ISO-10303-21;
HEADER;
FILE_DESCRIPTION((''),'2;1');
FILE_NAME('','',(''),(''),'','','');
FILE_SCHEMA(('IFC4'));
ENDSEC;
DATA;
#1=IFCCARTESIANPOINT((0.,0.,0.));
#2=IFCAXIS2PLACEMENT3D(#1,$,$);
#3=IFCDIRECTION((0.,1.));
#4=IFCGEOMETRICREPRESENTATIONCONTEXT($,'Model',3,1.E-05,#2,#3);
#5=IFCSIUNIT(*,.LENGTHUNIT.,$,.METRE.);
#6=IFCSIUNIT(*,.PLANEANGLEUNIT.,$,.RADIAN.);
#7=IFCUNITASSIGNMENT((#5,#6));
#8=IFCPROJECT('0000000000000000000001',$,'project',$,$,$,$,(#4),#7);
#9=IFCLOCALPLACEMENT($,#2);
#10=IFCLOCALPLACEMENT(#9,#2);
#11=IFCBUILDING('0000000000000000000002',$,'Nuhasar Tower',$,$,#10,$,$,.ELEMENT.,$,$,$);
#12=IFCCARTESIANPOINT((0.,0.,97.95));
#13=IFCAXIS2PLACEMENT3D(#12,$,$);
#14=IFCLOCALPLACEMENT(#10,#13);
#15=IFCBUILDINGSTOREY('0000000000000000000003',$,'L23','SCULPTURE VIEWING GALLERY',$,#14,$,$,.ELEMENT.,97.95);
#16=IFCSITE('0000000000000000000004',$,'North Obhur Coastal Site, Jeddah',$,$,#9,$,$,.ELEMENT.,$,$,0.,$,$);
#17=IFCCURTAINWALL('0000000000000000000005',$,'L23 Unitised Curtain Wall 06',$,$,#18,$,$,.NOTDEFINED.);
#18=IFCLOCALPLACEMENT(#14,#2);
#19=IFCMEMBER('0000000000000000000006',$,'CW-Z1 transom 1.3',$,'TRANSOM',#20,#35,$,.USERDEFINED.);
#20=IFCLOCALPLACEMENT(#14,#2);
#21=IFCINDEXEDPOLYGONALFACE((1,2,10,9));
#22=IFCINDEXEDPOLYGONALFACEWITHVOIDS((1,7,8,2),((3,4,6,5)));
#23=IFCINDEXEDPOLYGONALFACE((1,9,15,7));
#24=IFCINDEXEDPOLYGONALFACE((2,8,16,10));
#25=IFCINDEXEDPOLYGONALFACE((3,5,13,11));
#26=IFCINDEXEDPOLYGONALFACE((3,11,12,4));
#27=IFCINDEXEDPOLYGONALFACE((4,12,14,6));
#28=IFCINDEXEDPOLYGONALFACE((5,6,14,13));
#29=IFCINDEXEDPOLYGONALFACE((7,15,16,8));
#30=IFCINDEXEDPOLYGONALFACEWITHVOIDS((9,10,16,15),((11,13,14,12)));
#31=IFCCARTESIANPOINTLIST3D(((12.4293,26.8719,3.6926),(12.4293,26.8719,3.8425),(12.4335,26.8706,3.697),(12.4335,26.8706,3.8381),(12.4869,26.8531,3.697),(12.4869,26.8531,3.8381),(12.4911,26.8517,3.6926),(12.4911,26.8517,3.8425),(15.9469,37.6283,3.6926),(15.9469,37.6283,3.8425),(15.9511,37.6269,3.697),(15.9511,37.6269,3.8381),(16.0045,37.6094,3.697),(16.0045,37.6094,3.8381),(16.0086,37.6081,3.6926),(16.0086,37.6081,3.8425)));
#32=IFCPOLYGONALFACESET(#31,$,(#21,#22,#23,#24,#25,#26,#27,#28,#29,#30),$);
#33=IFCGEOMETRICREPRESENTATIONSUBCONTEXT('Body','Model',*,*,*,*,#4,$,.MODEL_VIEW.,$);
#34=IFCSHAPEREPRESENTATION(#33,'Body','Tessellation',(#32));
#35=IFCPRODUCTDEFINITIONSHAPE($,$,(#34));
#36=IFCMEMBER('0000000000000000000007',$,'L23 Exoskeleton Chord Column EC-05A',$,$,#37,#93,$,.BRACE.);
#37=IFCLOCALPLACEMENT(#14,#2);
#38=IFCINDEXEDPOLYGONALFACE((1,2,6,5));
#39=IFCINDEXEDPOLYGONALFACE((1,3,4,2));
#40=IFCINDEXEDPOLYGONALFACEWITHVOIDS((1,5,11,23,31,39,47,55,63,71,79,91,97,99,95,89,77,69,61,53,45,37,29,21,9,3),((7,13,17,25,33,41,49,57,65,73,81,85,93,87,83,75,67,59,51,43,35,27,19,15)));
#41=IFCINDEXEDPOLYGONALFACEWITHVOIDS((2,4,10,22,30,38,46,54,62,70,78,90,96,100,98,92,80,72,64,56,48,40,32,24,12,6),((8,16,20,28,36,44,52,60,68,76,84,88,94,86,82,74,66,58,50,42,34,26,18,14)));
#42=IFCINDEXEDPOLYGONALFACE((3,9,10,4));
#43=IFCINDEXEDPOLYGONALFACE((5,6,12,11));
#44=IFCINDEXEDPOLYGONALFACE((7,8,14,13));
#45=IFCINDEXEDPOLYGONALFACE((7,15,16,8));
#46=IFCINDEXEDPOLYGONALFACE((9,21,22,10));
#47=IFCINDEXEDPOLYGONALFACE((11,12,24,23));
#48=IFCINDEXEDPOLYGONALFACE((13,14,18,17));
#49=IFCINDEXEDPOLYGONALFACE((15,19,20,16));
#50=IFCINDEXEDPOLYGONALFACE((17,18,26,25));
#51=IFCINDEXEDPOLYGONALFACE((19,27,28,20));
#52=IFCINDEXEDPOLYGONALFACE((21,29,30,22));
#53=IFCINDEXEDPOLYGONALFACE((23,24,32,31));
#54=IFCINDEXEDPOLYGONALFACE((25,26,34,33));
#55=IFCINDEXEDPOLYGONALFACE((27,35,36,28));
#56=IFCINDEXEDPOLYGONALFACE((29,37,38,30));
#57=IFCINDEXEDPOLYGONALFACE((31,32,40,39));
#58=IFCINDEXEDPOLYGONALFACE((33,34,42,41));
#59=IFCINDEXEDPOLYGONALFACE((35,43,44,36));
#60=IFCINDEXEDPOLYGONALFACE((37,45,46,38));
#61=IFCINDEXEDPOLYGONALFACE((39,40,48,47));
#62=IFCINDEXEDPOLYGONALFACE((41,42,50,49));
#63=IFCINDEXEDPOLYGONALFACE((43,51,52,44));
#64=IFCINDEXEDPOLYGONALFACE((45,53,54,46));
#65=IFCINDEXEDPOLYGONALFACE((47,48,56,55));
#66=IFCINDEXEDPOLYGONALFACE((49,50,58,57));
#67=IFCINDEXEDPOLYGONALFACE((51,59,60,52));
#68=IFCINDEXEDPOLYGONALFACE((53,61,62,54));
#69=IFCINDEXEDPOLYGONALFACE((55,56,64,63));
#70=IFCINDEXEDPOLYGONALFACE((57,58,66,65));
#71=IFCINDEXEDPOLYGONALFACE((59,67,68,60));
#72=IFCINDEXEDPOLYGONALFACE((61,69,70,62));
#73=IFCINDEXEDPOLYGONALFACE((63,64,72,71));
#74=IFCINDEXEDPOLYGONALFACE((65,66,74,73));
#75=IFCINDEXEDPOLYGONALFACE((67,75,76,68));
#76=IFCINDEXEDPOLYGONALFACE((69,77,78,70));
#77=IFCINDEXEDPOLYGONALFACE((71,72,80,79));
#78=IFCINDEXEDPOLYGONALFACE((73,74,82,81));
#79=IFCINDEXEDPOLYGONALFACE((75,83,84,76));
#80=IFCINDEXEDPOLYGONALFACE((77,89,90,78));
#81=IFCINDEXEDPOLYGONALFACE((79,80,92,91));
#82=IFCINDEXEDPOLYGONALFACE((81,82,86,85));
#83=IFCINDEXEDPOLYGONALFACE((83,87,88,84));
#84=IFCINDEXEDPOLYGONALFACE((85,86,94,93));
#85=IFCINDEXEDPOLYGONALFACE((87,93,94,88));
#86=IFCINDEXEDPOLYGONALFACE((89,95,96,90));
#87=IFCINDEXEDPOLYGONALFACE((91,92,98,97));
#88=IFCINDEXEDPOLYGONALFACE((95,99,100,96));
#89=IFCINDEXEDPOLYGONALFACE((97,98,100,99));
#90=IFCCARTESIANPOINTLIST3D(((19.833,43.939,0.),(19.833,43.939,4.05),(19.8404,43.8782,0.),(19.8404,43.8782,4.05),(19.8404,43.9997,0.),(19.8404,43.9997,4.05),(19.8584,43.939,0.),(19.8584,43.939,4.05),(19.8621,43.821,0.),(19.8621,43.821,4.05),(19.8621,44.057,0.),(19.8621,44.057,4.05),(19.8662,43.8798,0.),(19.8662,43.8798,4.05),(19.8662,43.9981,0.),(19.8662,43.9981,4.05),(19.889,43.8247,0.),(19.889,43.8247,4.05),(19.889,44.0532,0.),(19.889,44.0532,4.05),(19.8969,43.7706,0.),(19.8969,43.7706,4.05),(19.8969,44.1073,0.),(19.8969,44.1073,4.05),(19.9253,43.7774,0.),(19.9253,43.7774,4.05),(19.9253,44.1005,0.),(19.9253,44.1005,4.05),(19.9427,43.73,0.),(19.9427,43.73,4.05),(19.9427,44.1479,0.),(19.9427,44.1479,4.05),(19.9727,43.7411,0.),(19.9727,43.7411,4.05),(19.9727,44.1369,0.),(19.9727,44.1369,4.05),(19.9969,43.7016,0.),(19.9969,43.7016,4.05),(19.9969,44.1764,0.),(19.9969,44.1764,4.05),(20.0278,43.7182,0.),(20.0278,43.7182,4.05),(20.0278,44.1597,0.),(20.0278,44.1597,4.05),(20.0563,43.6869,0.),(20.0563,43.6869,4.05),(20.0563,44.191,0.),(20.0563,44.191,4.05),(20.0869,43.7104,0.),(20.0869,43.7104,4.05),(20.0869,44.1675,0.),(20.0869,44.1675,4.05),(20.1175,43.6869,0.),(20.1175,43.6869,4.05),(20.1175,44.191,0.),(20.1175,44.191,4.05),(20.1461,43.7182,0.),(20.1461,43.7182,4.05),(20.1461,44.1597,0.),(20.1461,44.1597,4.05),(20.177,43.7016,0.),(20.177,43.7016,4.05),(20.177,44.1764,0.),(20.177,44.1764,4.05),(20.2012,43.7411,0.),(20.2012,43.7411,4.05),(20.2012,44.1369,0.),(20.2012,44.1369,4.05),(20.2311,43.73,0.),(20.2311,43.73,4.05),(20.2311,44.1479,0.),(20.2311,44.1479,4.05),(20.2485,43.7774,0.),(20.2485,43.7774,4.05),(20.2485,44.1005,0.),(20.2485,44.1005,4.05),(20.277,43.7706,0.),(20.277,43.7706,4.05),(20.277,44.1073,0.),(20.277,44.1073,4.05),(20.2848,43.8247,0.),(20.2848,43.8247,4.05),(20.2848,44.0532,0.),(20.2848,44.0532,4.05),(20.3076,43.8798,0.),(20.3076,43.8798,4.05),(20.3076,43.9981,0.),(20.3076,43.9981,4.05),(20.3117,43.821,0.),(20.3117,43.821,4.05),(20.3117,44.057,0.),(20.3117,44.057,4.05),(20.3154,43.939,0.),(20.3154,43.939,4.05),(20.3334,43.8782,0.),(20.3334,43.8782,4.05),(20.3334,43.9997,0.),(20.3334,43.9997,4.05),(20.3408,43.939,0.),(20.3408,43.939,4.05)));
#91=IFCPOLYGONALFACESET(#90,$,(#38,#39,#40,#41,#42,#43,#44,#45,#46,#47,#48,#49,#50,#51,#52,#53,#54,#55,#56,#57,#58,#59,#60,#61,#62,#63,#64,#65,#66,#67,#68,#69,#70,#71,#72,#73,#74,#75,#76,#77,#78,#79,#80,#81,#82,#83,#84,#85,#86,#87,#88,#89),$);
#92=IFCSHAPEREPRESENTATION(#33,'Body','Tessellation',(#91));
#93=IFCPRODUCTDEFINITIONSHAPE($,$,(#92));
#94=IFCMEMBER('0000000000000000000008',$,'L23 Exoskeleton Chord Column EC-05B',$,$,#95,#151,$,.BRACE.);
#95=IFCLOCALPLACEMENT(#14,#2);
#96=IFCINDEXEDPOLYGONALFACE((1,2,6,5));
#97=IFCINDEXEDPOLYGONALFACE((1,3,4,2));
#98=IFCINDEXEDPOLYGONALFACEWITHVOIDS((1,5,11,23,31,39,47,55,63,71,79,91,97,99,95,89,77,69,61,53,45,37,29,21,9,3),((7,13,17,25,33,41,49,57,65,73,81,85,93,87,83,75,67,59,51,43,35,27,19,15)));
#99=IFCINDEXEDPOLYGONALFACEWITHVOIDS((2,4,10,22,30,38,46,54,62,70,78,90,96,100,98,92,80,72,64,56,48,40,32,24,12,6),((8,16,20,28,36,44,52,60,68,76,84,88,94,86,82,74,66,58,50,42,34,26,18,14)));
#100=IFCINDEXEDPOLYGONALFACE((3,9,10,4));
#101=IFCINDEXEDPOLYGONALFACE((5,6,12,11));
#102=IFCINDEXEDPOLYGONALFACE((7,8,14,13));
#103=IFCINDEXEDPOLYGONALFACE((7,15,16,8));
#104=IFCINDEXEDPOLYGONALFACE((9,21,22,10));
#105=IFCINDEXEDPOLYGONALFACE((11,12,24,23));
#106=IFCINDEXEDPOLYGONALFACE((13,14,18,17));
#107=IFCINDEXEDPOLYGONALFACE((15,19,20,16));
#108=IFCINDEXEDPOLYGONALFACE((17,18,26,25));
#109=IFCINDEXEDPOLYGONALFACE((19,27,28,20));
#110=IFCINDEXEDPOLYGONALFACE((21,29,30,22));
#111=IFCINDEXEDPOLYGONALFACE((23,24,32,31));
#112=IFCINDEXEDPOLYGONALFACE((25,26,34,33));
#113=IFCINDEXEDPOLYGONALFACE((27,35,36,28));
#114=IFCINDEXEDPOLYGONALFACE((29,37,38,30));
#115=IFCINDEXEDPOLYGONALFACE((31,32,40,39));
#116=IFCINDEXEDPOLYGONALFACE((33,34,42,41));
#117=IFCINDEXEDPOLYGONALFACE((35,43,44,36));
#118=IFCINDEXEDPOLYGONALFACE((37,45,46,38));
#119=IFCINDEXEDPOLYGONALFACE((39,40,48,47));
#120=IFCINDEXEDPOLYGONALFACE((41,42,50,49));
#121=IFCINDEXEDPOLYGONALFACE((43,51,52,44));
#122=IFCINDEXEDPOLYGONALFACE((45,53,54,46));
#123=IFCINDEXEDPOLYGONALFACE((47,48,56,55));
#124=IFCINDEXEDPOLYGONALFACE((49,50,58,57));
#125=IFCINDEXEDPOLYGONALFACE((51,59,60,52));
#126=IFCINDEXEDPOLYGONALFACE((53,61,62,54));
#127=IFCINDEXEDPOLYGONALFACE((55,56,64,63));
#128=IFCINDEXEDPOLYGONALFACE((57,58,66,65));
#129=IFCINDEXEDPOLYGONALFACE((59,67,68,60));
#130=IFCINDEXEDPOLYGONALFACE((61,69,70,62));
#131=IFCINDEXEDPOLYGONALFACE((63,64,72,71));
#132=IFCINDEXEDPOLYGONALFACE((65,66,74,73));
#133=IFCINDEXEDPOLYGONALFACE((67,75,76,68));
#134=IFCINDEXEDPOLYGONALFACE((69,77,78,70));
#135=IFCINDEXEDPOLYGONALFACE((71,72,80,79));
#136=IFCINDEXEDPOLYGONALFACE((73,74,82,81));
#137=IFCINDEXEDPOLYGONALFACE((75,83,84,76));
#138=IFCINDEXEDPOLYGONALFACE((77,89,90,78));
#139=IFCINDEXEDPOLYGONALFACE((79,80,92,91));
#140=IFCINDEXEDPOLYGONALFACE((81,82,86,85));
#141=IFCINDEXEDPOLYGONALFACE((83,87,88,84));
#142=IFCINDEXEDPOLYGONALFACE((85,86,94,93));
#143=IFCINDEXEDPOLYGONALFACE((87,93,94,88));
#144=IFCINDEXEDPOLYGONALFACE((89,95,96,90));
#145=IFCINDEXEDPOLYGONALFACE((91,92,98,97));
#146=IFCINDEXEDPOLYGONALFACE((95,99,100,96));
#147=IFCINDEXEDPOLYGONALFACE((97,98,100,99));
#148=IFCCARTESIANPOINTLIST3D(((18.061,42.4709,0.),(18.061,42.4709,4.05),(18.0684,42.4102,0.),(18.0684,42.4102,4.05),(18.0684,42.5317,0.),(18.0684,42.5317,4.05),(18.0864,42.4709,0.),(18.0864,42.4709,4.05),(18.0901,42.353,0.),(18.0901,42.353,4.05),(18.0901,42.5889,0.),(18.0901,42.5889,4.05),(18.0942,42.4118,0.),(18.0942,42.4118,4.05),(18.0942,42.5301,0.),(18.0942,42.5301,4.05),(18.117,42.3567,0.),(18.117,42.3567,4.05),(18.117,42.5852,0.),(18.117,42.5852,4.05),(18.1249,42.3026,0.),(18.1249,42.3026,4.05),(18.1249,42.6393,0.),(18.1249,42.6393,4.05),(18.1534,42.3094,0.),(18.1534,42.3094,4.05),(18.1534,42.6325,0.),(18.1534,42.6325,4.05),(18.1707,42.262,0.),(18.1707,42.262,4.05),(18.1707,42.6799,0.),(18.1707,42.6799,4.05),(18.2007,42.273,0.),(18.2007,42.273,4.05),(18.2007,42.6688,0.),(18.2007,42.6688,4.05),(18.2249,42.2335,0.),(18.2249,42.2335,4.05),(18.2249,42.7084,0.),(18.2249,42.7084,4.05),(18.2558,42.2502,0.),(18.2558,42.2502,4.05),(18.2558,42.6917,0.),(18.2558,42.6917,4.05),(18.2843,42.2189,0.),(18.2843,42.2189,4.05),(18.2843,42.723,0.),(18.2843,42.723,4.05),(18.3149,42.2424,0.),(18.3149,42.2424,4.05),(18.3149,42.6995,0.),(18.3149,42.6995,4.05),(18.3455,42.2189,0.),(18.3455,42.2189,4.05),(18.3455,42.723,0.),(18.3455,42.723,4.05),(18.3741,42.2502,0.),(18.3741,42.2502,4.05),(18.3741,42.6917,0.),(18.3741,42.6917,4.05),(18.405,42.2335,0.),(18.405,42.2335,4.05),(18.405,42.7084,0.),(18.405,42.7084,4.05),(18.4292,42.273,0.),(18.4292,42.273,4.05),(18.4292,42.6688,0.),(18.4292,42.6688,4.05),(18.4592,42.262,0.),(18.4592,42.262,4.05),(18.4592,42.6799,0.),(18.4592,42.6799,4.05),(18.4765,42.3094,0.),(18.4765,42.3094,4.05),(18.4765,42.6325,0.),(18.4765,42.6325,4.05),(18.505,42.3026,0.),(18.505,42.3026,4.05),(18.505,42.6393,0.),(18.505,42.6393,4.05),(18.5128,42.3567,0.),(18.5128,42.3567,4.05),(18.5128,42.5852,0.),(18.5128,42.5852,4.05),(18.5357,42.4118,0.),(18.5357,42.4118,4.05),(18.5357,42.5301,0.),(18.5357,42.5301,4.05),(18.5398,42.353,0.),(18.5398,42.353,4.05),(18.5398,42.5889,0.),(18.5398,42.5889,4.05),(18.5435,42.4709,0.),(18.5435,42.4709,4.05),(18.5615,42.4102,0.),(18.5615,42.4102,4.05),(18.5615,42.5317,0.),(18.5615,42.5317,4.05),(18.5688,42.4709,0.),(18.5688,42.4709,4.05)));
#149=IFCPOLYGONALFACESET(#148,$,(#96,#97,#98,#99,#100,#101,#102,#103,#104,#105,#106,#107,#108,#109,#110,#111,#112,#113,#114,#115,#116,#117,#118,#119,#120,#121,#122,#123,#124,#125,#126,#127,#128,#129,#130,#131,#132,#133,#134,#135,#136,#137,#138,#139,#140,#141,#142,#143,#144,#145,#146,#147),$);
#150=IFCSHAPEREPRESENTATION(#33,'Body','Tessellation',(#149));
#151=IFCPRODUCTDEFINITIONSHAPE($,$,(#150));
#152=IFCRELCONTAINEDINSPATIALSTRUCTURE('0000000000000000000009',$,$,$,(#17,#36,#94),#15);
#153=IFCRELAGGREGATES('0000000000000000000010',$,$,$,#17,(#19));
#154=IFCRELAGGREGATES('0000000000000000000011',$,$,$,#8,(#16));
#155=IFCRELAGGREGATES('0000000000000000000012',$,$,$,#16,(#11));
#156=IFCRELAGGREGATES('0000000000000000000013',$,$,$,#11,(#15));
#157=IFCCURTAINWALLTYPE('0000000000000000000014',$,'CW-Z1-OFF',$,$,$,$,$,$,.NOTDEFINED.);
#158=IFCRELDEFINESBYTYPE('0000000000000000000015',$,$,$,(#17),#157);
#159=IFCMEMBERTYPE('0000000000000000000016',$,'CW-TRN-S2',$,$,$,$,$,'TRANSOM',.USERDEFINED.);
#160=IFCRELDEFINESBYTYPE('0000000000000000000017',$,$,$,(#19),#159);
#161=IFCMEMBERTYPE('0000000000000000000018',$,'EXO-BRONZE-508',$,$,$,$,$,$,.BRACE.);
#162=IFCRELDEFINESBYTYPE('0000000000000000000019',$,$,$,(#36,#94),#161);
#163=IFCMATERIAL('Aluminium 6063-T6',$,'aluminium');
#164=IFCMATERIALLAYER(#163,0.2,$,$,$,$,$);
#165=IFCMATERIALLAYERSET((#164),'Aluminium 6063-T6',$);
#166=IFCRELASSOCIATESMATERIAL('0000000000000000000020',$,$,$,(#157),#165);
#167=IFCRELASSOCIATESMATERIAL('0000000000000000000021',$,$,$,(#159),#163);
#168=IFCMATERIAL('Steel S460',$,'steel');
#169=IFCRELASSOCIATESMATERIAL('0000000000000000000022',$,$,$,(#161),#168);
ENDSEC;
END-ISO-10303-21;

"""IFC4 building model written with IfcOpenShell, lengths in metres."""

from ifc_helpers import new_model, si_unit, direction, frame, origin, origin_2d, place, context, subcontext, project, spatial, hollow_rectangle, hollow_circle, extrude, material, layer, layer_set, material_profile, profile_set, type_object, element, aggregate, save


model = new_model("IFC4")

# Units and contexts
model_context = context("Model", 3, precision=1e-05, world=origin(), true_north=direction((0.0, 1.0)))
body_context = subcontext(model_context, "Body", "Model", "MODEL_VIEW")
ifc_project = project(units=[si_unit("LENGTHUNIT", "METRE"), si_unit("PLANEANGLEUNIT", "RADIAN")], contexts=[model_context])

# Site, building, storey
site_placement = place(None, origin())
site = spatial("IfcSite", under=ifc_project, at=site_placement, Name="North Obhur Coastal Site, Jeddah", CompositionType="ELEMENT", RefElevation=0.0)
building_placement = place(site_placement, origin())
building = spatial("IfcBuilding", under=site, at=building_placement, Name="Nuhasar Tower", CompositionType="ELEMENT")
storey_placement = place(building_placement, frame((0.0, 0.0, 97.95)))
storey = spatial("IfcBuildingStorey", under=building, at=storey_placement, Name="L23", Description="SCULPTURE VIEWING GALLERY", CompositionType="ELEMENT", Elevation=97.95)

# Shared definitions
ifc_material_1 = material(Name="Aluminium 6063-T6", Category="aluminium")
ifc_layer_1 = layer(ifc_material_1, 0.2)
ifc_layer_set_1 = layer_set([ifc_layer_1], Name="Aluminium 6063-T6")
curtain_wall_type = type_object("IfcCurtainWallType", Name="CW-Z1-OFF", PredefinedType="NOTDEFINED", material=ifc_layer_set_1)

# Curtain wall
curtain_wall_1_placement = place(storey_placement, origin())
curtain_wall_1 = element("IfcCurtainWall", 1, at=curtain_wall_1_placement, inside=storey, type_object=curtain_wall_type, Name="L23 Unitised Curtain Wall 06", PredefinedType="NOTDEFINED")

# Member
ifc_material_profile_1 = material_profile(ifc_material_1, hollow_rectangle(XDim=0.0649, YDim=0.1499, WallThickness=0.0044, at=origin_2d()), Name="CWT-2")
ifc_profile_set_1 = profile_set([ifc_material_profile_1], Name="Aluminium 6063-T6")
member_type_1 = type_object("IfcMemberType", Name="CW-TRN-S2", ElementType="TRANSOM", PredefinedType="USERDEFINED", material=ifc_profile_set_1)
member_1_placement = place(storey_placement, frame((15.9778, 37.6182, 3.7676), z_axis=(-0.310825, -0.950467, 0.0), x_axis=(0.950467, -0.310825, 0.0)))
member_1 = element("IfcMember", 2, at=member_1_placement, type_object=member_type_1, Name="CW-Z1 transom 1.3", ObjectType="TRANSOM", PredefinedType="USERDEFINED", context=body_context, shape_type="SweptSolid", body=[
    extrude(hollow_rectangle(XDim=0.0649, YDim=0.1499, WallThickness=0.0044, at=origin_2d()), origin(), (0.0, 0.0, 1.0), 11.3169),
])
aggregate(curtain_wall_1, [member_1])

# Members
ifc_material_2 = material(Name="Steel S460", Category="steel")
ifc_material_profile_2 = material_profile(ifc_material_2, hollow_circle(Radius=0.2539, WallThickness=0.0254, at=origin_2d()), Name="HSS508X25.4")
ifc_profile_set_2 = profile_set([ifc_material_profile_2], Name="Steel S460")
member_type_2 = type_object("IfcMemberType", Name="EXO-BRONZE-508", PredefinedType="BRACE", material=ifc_profile_set_2)
for number, where, z_axis, x_axis, name in (
    (3, (20.0869, 43.939, 0.0), (0.0, 0.0, 1.0), (1.0, 0.0, 0.0), "L23 Exoskeleton Chord Column EC-05A"),
    (4, (18.3149, 42.4709, 0.0), (0.0, 0.0, 1.0), (1.0, 0.0, 0.0), "L23 Exoskeleton Chord Column EC-05B"),
):
    element("IfcMember", number, at=place(storey_placement, frame(where, z_axis=z_axis, x_axis=x_axis)), inside=storey, type_object=member_type_2, Name=name, PredefinedType="BRACE", context=body_context, shape_type="SweptSolid", body=[
        extrude(hollow_circle(Radius=0.2539, WallThickness=0.0254, at=origin_2d()), origin(), (0.0, 0.0, 1.0), 4.05),
    ])

save(model, "model.ifc")
